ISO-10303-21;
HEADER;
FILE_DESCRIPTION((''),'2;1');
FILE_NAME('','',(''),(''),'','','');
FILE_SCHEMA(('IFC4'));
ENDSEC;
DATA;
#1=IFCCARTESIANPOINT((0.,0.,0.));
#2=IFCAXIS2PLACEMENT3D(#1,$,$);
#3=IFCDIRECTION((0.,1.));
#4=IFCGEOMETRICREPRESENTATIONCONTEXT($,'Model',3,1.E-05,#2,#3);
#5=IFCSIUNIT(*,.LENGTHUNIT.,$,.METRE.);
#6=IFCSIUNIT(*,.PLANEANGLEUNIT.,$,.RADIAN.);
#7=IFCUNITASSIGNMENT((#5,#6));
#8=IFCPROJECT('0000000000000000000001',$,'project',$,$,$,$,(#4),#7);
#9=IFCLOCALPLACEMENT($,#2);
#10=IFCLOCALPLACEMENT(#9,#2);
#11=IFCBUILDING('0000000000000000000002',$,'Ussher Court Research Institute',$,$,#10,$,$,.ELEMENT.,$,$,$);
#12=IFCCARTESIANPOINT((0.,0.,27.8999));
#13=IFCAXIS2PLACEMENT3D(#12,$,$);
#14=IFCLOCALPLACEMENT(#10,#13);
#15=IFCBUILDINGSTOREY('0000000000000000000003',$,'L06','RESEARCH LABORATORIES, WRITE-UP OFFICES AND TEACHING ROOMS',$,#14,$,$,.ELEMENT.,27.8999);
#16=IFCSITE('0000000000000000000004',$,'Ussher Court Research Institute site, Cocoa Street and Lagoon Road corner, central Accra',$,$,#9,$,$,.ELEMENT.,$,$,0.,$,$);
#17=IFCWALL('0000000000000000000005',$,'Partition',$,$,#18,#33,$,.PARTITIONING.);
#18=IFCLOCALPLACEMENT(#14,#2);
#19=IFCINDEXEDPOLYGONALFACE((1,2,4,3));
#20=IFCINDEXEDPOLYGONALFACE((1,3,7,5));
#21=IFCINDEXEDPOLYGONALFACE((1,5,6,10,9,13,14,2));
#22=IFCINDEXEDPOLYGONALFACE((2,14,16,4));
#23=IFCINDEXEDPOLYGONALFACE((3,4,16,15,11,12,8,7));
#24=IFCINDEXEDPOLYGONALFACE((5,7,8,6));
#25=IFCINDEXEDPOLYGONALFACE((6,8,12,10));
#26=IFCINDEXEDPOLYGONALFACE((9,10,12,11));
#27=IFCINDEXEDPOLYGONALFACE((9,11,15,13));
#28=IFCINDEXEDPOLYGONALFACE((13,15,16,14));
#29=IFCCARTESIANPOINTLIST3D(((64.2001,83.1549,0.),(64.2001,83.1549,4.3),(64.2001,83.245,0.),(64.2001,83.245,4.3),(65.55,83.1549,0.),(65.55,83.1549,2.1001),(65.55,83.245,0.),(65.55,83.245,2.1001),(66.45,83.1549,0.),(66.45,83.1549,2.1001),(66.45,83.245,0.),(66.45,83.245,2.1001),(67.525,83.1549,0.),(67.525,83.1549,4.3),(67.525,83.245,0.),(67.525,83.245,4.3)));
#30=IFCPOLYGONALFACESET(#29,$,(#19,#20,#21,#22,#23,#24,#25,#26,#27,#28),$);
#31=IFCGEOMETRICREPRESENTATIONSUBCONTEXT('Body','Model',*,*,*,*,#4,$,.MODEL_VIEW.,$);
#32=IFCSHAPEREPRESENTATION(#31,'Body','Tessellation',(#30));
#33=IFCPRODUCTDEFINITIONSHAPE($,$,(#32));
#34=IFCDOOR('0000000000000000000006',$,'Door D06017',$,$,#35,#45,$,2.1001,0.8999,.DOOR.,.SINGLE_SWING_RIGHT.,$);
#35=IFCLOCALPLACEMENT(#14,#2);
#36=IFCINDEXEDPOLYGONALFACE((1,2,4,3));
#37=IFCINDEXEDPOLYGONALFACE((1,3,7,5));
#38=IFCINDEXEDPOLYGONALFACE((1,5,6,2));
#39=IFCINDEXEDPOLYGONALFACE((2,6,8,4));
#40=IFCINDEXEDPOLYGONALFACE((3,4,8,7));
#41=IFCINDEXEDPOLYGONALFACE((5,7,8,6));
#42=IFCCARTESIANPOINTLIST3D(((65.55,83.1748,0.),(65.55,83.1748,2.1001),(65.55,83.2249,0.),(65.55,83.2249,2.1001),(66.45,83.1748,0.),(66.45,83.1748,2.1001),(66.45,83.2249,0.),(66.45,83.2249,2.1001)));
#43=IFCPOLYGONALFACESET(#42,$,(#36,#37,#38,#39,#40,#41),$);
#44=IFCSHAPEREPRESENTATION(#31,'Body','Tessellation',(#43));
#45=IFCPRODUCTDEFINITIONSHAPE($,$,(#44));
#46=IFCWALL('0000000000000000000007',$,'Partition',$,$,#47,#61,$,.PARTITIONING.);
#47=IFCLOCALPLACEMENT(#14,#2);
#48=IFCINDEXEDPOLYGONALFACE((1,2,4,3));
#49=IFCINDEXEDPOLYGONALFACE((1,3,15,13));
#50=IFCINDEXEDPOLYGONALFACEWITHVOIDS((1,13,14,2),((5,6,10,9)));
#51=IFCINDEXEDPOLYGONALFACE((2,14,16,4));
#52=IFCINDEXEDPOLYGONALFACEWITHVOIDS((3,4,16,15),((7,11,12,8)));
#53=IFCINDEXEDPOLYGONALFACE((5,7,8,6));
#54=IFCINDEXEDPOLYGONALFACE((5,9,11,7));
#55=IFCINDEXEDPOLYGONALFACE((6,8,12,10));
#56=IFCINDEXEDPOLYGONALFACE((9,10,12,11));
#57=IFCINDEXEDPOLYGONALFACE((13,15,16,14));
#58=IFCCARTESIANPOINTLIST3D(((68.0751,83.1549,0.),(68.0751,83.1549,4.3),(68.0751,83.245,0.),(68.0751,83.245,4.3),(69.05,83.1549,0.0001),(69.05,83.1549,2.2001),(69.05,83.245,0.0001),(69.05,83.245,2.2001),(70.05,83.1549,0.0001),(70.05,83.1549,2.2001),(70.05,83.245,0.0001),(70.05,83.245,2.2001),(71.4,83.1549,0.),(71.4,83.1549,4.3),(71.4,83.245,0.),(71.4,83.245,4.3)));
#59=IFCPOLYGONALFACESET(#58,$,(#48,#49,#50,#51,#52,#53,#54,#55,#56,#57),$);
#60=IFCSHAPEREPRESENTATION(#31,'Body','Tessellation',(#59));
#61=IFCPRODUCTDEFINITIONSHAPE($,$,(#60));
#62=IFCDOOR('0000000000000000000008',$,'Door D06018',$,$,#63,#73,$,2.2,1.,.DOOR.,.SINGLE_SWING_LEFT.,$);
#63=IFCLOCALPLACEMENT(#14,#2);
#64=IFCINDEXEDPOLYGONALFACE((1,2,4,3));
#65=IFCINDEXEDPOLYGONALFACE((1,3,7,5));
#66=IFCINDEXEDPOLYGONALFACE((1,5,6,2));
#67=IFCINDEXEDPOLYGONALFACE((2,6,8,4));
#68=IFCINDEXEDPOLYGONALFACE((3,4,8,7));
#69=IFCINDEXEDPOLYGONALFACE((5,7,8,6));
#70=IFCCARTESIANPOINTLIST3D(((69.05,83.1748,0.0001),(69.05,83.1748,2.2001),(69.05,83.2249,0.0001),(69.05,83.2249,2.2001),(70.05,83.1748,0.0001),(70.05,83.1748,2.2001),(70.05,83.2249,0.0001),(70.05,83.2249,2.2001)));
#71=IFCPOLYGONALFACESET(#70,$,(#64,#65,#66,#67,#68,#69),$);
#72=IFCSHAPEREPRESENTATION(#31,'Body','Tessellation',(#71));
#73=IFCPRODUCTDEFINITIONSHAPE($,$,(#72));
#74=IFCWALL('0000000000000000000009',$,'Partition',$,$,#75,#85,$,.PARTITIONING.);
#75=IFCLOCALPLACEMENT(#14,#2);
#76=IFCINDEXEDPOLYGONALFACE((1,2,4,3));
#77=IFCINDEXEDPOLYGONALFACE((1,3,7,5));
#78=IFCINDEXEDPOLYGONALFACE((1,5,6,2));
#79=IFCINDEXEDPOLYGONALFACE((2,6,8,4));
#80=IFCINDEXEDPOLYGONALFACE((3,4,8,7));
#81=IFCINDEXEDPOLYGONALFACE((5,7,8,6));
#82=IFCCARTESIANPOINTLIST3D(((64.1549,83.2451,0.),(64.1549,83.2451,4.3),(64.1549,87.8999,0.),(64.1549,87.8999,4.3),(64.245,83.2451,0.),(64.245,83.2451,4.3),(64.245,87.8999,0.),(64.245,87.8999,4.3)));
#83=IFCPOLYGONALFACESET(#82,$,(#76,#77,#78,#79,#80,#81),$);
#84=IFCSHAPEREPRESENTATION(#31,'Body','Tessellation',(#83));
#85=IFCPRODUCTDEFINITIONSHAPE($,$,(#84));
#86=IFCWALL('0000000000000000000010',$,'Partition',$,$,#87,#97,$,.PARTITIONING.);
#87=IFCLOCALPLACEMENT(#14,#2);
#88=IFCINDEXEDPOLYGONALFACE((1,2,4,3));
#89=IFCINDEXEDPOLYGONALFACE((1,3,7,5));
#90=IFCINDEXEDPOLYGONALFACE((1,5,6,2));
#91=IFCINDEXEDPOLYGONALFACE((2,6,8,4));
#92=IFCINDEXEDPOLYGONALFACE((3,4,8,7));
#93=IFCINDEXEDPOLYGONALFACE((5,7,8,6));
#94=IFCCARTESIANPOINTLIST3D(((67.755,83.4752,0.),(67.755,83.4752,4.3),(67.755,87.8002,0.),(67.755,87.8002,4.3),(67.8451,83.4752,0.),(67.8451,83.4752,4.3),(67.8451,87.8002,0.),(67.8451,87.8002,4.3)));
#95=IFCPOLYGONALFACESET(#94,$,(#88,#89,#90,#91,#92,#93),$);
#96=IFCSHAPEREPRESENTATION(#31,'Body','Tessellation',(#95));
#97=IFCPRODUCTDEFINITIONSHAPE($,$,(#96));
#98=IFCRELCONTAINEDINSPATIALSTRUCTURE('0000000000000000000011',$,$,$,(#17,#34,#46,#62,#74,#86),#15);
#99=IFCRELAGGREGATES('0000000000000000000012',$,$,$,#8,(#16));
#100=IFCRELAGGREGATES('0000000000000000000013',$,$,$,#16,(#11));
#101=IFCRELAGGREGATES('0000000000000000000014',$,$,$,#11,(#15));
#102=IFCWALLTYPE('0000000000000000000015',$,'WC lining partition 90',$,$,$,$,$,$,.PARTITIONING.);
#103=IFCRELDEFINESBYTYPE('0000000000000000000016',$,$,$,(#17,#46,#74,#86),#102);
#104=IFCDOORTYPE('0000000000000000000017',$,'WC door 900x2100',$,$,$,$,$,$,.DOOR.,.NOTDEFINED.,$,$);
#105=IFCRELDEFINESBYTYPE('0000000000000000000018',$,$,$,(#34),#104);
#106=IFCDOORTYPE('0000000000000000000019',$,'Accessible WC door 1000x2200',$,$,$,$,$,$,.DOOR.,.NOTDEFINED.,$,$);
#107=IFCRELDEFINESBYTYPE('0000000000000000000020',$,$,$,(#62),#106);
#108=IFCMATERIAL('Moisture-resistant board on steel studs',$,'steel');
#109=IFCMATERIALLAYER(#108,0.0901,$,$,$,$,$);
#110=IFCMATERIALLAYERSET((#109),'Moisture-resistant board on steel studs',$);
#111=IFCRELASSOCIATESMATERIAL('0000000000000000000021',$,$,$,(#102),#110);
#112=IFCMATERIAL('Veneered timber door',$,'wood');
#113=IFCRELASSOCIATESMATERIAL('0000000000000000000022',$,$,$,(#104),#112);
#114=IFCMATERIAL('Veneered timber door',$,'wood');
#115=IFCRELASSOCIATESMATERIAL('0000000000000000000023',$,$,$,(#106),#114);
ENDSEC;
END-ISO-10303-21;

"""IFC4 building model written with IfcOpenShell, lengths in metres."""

from ifc_helpers import new_model, si_unit, direction, frame, frame_2d, origin, place, context, subcontext, project, spatial, rectangle, extrude, material, layer, layer_set, type_object, element, fill, save


model = new_model("IFC4")

# Units and contexts
model_context = context("Model", 3, precision=1e-05, world=origin(), true_north=direction((0.0, 1.0)))
body_context = subcontext(model_context, "Body", "Model", "MODEL_VIEW")
ifc_project = project(units=[si_unit("LENGTHUNIT", "METRE"), si_unit("PLANEANGLEUNIT", "RADIAN")], contexts=[model_context])

# Site, building, storey
site_placement = place(None, origin())
site = spatial("IfcSite", under=ifc_project, at=site_placement, Name="Ussher Court Research Institute site, Cocoa Street and Lagoon Road corner, central Accra", CompositionType="ELEMENT", RefElevation=0.0)
building_placement = place(site_placement, origin())
building = spatial("IfcBuilding", under=site, at=building_placement, Name="Ussher Court Research Institute", CompositionType="ELEMENT")
storey_placement = place(building_placement, frame((0.0, 0.0, 27.8999)))
storey = spatial("IfcBuildingStorey", under=building, at=storey_placement, Name="L06", Description="RESEARCH LABORATORIES, WRITE-UP OFFICES AND TEACHING ROOMS", CompositionType="ELEMENT", Elevation=27.8999)

# Walls, openings, doors
ifc_material_1 = material(Name="Moisture-resistant board on steel studs", Category="steel")
ifc_layer_1 = layer(ifc_material_1, 0.0901)
ifc_layer_set_1 = layer_set([ifc_layer_1], Name="Moisture-resistant board on steel studs")
wall_type_1 = type_object("IfcWallType", Name="WC lining partition 90", PredefinedType="PARTITIONING", material=ifc_layer_set_1)
ifc_material_2 = material(Name="Veneered timber door", Category="wood")
door_type_1 = type_object("IfcDoorType", Name="WC door 900x2100", OperationType="NOTDEFINED", PredefinedType="DOOR", material=ifc_material_2)
wall_1_placement = place(storey_placement, frame((64.2, 83.2, 0.0), z_axis=(0.0, 0.0, 1.0), x_axis=(1.0, 0.0, 0.0)))
wall_1 = element("IfcWall", 1, at=wall_1_placement, inside=storey, type_object=wall_type_1, Name="Partition", PredefinedType="PARTITIONING", context=body_context, shape_type="SweptSolid", body=[
    extrude(rectangle(XDim=3.325, YDim=0.0901, at=frame_2d((1.6626, 0.0))), origin(), (0.0, 0.0, 1.0), 4.3),
])
opening_1_placement = place(wall_1_placement, frame((1.3501, 0.0, 0.0)))
opening_1 = element("IfcOpeningElement", 2, at=opening_1_placement, cuts=wall_1, PredefinedType="OPENING", context=body_context, shape_type="SweptSolid", body=[
    extrude(rectangle(XDim=0.8999, YDim=2.1001, at=frame_2d((0.45, 1.05))), frame((0.0, 0.0552, 0.0), z_axis=(0.0, -1.0, 0.0), x_axis=(1.0, 0.0, 0.0)), (0.0, 0.0, 1.0), 0.1101),
])
door_1_placement = place(opening_1_placement, origin())
door_1 = element("IfcDoor", 3, at=door_1_placement, inside=storey, type_object=door_type_1, Name="Door D06017", OperationType="SINGLE_SWING_RIGHT", OverallHeight=2.1001, OverallWidth=0.8999, PredefinedType="DOOR", context=body_context, shape_type="SweptSolid", body=[
    extrude(rectangle(XDim=0.8999, YDim=2.1001, at=frame_2d((0.45, 1.05))), frame((0.0, 0.0249, 0.0), z_axis=(0.0, -1.0, 0.0), x_axis=(1.0, 0.0, 0.0)), (0.0, 0.0, 1.0), 0.05),
])
fill(opening_1, door_1)
wall_2_placement = place(storey_placement, frame((68.075, 83.2, 0.0), z_axis=(0.0, 0.0, 1.0), x_axis=(1.0, 0.0, 0.0)))
wall_2 = element("IfcWall", 4, at=wall_2_placement, inside=storey, type_object=wall_type_1, Name="Partition", PredefinedType="PARTITIONING", context=body_context, shape_type="SweptSolid", body=[
    extrude(rectangle(XDim=3.325, YDim=0.0901, at=frame_2d((1.6626, 0.0))), origin(), (0.0, 0.0, 1.0), 4.3),
])
opening_2_placement = place(wall_2_placement, frame((0.9751, 0.0, 0.0)))
opening_2 = element("IfcOpeningElement", 5, at=opening_2_placement, cuts=wall_2, PredefinedType="OPENING", context=body_context, shape_type="SweptSolid", body=[
    extrude(rectangle(XDim=1.0, YDim=2.2, at=frame_2d((0.5, 1.1001))), frame((0.0, 0.0552, 0.0), z_axis=(0.0, -1.0, 0.0), x_axis=(1.0, 0.0, 0.0)), (0.0, 0.0, 1.0), 0.1101),
])
ifc_material_3 = material(Name="Veneered timber door", Category="wood")
door_type_2 = type_object("IfcDoorType", Name="Accessible WC door 1000x2200", OperationType="NOTDEFINED", PredefinedType="DOOR", material=ifc_material_3)
door_2_placement = place(opening_2_placement, origin())
door_2 = element("IfcDoor", 6, at=door_2_placement, inside=storey, type_object=door_type_2, Name="Door D06018", OperationType="SINGLE_SWING_LEFT", OverallHeight=2.2, OverallWidth=1.0, PredefinedType="DOOR", context=body_context, shape_type="SweptSolid", body=[
    extrude(rectangle(XDim=1.0, YDim=2.2, at=frame_2d((0.5, 1.1001))), frame((0.0, 0.0249, 0.0), z_axis=(0.0, -1.0, 0.0), x_axis=(1.0, 0.0, 0.0)), (0.0, 0.0, 1.0), 0.05),
])
fill(opening_2, door_2)

# Walls
wall_3_placement = place(storey_placement, frame((64.2, 83.2451, 0.0), z_axis=(0.0, 0.0, 1.0), x_axis=(0.0, 1.0, 0.0)))
element("IfcWall", 7, at=wall_3_placement, inside=storey, type_object=wall_type_1, Name="Partition", PredefinedType="PARTITIONING", context=body_context, shape_type="SweptSolid", body=[
    extrude(rectangle(XDim=4.6548, YDim=0.0901, at=frame_2d((2.3274, 0.0))), origin(), (0.0, 0.0, 1.0), 4.3),
])
wall_4_placement = place(storey_placement, frame((67.8, 83.4751, 0.0), z_axis=(0.0, 0.0, 1.0), x_axis=(0.0, 1.0, 0.0)))
element("IfcWall", 8, at=wall_4_placement, inside=storey, type_object=wall_type_1, Name="Partition", PredefinedType="PARTITIONING", context=body_context, shape_type="SweptSolid", body=[
    extrude(rectangle(XDim=4.325, YDim=0.0901, at=frame_2d((2.1626, 0.0))), origin(), (0.0, 0.0, 1.0), 4.3),
])

save(model, "model.ifc")
